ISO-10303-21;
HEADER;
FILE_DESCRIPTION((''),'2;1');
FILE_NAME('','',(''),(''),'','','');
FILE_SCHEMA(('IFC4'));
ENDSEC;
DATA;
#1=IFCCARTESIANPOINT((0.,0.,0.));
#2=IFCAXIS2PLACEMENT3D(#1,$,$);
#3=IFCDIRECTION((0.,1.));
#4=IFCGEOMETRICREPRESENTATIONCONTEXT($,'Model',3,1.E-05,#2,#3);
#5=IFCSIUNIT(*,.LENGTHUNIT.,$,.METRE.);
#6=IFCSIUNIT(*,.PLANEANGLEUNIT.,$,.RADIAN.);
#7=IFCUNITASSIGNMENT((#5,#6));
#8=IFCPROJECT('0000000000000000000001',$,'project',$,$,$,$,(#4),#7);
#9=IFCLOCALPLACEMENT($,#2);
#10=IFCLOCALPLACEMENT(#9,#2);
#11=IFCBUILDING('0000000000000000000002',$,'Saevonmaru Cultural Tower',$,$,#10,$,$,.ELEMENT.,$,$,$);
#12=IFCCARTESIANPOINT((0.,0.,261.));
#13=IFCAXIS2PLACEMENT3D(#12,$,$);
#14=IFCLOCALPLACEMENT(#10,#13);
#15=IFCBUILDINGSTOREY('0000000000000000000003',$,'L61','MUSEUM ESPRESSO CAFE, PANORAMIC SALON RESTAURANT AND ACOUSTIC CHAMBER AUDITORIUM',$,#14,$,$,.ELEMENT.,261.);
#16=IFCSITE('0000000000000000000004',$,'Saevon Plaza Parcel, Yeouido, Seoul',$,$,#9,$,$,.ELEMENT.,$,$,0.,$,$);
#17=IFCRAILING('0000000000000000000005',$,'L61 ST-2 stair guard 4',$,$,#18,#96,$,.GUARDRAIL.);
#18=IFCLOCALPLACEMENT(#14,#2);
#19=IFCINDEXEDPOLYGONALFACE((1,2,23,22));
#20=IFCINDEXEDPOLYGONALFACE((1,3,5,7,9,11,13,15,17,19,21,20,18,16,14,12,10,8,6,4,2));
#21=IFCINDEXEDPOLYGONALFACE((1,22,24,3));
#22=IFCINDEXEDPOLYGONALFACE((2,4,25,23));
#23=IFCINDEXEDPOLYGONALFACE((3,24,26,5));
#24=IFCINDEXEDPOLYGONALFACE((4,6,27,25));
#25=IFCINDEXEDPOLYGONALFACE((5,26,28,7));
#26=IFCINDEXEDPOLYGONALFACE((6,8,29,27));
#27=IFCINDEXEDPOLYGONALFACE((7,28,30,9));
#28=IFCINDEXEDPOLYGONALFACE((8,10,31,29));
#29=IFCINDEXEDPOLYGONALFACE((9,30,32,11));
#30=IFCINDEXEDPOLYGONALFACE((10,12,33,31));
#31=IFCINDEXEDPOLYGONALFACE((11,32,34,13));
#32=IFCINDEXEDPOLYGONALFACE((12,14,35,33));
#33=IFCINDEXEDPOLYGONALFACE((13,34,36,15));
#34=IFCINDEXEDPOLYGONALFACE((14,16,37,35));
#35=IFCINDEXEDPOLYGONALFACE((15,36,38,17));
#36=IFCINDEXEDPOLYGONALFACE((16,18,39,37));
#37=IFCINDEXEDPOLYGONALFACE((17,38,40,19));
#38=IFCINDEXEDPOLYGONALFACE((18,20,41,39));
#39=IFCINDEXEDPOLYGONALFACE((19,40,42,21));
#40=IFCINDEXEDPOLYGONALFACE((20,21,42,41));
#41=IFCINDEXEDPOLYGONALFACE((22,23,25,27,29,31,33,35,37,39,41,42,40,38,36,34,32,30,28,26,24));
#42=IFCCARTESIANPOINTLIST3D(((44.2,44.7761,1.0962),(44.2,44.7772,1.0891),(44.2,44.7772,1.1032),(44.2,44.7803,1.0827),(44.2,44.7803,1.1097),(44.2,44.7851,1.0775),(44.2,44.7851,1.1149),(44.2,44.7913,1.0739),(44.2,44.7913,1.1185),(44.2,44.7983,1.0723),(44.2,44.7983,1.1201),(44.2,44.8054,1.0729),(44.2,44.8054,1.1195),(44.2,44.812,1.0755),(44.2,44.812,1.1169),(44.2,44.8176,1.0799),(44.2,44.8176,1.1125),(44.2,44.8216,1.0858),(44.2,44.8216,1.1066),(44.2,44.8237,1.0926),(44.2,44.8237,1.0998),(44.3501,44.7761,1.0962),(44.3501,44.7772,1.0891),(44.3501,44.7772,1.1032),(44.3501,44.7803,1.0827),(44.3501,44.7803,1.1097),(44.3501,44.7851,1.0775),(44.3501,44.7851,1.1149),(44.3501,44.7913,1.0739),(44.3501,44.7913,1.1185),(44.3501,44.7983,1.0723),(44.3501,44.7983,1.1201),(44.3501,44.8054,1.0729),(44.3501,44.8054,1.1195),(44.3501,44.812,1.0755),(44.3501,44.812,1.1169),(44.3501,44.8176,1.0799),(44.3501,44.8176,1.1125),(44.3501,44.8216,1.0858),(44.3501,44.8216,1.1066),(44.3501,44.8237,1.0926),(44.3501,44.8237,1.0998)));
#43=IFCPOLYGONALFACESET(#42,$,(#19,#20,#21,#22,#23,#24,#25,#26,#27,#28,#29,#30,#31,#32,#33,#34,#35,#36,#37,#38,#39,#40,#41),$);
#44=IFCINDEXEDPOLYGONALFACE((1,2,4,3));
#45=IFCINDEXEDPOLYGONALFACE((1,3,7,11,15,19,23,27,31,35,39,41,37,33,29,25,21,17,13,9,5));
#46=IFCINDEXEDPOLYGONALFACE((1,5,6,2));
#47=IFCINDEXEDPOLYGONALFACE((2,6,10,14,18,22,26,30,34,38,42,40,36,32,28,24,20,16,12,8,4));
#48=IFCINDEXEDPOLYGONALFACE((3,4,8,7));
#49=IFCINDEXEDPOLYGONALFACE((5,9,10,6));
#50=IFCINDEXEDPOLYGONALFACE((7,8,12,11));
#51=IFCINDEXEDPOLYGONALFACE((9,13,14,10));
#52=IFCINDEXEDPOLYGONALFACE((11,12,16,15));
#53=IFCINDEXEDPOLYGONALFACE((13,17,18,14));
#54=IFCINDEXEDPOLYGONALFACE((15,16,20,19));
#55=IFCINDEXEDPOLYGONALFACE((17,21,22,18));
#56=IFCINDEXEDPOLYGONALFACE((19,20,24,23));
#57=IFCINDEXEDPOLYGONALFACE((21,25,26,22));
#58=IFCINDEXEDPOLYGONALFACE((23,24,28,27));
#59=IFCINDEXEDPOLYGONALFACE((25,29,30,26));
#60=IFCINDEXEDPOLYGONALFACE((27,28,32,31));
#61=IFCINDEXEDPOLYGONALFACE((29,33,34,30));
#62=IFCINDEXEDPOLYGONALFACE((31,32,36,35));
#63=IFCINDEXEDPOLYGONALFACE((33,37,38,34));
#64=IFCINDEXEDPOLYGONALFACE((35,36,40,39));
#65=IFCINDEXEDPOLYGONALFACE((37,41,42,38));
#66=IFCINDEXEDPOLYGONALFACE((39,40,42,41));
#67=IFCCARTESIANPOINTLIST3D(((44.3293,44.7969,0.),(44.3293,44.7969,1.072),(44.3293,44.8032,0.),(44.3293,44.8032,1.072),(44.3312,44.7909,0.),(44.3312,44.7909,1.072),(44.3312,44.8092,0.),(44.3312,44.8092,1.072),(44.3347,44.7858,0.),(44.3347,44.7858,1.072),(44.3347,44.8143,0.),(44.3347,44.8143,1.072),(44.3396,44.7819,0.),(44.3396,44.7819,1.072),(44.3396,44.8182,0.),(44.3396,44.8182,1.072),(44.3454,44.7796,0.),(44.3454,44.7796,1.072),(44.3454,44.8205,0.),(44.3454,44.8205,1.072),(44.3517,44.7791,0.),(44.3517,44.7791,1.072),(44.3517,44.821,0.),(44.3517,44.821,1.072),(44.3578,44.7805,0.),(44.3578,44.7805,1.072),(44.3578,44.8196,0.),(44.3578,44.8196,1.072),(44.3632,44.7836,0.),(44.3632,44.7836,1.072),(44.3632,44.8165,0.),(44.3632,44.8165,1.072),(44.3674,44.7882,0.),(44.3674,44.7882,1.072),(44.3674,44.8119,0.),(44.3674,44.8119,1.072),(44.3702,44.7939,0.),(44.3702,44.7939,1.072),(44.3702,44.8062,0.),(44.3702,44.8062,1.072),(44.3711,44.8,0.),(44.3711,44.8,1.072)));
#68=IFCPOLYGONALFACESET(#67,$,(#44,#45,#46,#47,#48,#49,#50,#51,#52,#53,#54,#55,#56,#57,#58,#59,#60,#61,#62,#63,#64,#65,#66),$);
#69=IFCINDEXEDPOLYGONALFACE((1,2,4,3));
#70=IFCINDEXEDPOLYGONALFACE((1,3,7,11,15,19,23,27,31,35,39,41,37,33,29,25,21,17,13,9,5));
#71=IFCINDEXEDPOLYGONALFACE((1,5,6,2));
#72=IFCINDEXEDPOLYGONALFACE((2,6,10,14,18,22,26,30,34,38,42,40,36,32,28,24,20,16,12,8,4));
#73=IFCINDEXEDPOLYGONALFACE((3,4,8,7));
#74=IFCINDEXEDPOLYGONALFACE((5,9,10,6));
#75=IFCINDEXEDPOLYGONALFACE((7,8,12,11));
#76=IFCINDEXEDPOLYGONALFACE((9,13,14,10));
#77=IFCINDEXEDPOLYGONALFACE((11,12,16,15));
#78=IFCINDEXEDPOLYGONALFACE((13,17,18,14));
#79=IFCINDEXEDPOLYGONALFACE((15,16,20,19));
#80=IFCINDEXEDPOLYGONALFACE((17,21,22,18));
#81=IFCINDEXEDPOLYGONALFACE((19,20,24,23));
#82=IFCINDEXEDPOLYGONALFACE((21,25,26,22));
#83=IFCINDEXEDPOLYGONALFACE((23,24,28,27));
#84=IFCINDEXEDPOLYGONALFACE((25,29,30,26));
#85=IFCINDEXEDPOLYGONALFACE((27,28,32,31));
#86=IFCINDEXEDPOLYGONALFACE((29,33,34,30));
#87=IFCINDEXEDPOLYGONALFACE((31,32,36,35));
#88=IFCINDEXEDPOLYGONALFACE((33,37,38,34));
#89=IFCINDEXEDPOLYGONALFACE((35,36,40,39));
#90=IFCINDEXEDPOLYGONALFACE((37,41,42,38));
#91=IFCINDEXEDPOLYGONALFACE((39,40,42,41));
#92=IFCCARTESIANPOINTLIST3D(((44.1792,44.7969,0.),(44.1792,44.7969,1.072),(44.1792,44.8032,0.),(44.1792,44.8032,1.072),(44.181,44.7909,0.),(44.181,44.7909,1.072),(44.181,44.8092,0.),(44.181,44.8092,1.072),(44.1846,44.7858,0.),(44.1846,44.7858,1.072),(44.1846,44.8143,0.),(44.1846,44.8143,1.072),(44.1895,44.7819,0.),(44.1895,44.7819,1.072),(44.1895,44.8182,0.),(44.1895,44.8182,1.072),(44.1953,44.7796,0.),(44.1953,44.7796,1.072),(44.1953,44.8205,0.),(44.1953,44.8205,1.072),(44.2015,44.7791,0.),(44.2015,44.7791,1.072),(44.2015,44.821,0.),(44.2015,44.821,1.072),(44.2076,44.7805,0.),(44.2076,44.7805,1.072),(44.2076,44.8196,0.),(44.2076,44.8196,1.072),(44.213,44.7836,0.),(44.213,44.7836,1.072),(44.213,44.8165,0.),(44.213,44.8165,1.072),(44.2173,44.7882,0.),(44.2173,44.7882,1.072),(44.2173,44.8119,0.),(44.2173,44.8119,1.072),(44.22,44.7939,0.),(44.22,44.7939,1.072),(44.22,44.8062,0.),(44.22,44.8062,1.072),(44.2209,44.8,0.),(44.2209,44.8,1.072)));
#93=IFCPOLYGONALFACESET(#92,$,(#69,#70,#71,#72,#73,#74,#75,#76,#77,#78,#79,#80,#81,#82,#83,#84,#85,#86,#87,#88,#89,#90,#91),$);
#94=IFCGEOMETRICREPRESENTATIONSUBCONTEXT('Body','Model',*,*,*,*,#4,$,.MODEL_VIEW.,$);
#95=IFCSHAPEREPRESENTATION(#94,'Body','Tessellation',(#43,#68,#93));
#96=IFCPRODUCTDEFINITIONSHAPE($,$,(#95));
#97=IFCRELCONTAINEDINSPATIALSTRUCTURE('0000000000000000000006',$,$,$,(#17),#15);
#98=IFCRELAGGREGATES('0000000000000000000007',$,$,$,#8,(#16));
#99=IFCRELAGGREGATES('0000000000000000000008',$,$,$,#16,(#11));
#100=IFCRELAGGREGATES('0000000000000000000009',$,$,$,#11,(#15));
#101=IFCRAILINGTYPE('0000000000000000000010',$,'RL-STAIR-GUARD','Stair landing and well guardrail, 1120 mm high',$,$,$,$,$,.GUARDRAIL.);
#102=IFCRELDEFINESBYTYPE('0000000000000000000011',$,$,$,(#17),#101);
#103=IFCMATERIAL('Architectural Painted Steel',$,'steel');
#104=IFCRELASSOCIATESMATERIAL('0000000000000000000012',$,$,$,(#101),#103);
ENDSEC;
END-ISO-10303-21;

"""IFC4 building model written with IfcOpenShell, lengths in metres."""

from ifc_helpers import new_model, si_unit, direction, frame, origin, origin_2d, place, context, subcontext, project, spatial, circle, extrude, material, type_object, element, save


model = new_model("IFC4")

# Units and contexts
model_context = context("Model", 3, precision=1e-05, world=origin(), true_north=direction((0.0, 1.0)))
body_context = subcontext(model_context, "Body", "Model", "MODEL_VIEW")
ifc_project = project(units=[si_unit("LENGTHUNIT", "METRE"), si_unit("PLANEANGLEUNIT", "RADIAN")], contexts=[model_context])

# Site, building, storey
site_placement = place(None, origin())
site = spatial("IfcSite", under=ifc_project, at=site_placement, Name="Saevon Plaza Parcel, Yeouido, Seoul", CompositionType="ELEMENT", RefElevation=0.0)
building_placement = place(site_placement, origin())
building = spatial("IfcBuilding", under=site, at=building_placement, Name="Saevonmaru Cultural Tower", CompositionType="ELEMENT")
storey_placement = place(building_placement, frame((0.0, 0.0, 261.0)))
storey = spatial("IfcBuildingStorey", under=building, at=storey_placement, Name="L61", Description="MUSEUM ESPRESSO CAFE, PANORAMIC SALON RESTAURANT AND ACOUSTIC CHAMBER AUDITORIUM", CompositionType="ELEMENT", Elevation=261.0)

# Railing
ifc_material_1 = material(Name="Architectural Painted Steel", Category="steel")
railing_type_1 = type_object("IfcRailingType", Name="RL-STAIR-GUARD", Description="Stair landing and well guardrail, 1120 mm high", PredefinedType="GUARDRAIL", material=ifc_material_1)
railing_1_placement = place(storey_placement, frame((44.3501, 44.8, 0.0)))
element("IfcRailing", 1, at=railing_1_placement, inside=storey, type_object=railing_type_1, Name="L61 ST-2 stair guard 4", PredefinedType="GUARDRAIL", context=body_context, shape_type="SweptSolid", body=[
    extrude(circle(Radius=0.0239, at=origin_2d()), frame((0.0, 0.0, 1.0962), z_axis=(-1.0, 0.0, 0.0), x_axis=(0.0, -1.0, 0.0)), (0.0, 0.0, 1.0), 0.1501),
    extrude(circle(Radius=0.021, at=origin_2d()), origin(), (0.0, 0.0, 1.0), 1.072),
    extrude(circle(Radius=0.021, at=origin_2d()), frame((-0.1501, 0.0, 0.0)), (0.0, 0.0, 1.0), 1.072),
])

save(model, "model.ifc")
